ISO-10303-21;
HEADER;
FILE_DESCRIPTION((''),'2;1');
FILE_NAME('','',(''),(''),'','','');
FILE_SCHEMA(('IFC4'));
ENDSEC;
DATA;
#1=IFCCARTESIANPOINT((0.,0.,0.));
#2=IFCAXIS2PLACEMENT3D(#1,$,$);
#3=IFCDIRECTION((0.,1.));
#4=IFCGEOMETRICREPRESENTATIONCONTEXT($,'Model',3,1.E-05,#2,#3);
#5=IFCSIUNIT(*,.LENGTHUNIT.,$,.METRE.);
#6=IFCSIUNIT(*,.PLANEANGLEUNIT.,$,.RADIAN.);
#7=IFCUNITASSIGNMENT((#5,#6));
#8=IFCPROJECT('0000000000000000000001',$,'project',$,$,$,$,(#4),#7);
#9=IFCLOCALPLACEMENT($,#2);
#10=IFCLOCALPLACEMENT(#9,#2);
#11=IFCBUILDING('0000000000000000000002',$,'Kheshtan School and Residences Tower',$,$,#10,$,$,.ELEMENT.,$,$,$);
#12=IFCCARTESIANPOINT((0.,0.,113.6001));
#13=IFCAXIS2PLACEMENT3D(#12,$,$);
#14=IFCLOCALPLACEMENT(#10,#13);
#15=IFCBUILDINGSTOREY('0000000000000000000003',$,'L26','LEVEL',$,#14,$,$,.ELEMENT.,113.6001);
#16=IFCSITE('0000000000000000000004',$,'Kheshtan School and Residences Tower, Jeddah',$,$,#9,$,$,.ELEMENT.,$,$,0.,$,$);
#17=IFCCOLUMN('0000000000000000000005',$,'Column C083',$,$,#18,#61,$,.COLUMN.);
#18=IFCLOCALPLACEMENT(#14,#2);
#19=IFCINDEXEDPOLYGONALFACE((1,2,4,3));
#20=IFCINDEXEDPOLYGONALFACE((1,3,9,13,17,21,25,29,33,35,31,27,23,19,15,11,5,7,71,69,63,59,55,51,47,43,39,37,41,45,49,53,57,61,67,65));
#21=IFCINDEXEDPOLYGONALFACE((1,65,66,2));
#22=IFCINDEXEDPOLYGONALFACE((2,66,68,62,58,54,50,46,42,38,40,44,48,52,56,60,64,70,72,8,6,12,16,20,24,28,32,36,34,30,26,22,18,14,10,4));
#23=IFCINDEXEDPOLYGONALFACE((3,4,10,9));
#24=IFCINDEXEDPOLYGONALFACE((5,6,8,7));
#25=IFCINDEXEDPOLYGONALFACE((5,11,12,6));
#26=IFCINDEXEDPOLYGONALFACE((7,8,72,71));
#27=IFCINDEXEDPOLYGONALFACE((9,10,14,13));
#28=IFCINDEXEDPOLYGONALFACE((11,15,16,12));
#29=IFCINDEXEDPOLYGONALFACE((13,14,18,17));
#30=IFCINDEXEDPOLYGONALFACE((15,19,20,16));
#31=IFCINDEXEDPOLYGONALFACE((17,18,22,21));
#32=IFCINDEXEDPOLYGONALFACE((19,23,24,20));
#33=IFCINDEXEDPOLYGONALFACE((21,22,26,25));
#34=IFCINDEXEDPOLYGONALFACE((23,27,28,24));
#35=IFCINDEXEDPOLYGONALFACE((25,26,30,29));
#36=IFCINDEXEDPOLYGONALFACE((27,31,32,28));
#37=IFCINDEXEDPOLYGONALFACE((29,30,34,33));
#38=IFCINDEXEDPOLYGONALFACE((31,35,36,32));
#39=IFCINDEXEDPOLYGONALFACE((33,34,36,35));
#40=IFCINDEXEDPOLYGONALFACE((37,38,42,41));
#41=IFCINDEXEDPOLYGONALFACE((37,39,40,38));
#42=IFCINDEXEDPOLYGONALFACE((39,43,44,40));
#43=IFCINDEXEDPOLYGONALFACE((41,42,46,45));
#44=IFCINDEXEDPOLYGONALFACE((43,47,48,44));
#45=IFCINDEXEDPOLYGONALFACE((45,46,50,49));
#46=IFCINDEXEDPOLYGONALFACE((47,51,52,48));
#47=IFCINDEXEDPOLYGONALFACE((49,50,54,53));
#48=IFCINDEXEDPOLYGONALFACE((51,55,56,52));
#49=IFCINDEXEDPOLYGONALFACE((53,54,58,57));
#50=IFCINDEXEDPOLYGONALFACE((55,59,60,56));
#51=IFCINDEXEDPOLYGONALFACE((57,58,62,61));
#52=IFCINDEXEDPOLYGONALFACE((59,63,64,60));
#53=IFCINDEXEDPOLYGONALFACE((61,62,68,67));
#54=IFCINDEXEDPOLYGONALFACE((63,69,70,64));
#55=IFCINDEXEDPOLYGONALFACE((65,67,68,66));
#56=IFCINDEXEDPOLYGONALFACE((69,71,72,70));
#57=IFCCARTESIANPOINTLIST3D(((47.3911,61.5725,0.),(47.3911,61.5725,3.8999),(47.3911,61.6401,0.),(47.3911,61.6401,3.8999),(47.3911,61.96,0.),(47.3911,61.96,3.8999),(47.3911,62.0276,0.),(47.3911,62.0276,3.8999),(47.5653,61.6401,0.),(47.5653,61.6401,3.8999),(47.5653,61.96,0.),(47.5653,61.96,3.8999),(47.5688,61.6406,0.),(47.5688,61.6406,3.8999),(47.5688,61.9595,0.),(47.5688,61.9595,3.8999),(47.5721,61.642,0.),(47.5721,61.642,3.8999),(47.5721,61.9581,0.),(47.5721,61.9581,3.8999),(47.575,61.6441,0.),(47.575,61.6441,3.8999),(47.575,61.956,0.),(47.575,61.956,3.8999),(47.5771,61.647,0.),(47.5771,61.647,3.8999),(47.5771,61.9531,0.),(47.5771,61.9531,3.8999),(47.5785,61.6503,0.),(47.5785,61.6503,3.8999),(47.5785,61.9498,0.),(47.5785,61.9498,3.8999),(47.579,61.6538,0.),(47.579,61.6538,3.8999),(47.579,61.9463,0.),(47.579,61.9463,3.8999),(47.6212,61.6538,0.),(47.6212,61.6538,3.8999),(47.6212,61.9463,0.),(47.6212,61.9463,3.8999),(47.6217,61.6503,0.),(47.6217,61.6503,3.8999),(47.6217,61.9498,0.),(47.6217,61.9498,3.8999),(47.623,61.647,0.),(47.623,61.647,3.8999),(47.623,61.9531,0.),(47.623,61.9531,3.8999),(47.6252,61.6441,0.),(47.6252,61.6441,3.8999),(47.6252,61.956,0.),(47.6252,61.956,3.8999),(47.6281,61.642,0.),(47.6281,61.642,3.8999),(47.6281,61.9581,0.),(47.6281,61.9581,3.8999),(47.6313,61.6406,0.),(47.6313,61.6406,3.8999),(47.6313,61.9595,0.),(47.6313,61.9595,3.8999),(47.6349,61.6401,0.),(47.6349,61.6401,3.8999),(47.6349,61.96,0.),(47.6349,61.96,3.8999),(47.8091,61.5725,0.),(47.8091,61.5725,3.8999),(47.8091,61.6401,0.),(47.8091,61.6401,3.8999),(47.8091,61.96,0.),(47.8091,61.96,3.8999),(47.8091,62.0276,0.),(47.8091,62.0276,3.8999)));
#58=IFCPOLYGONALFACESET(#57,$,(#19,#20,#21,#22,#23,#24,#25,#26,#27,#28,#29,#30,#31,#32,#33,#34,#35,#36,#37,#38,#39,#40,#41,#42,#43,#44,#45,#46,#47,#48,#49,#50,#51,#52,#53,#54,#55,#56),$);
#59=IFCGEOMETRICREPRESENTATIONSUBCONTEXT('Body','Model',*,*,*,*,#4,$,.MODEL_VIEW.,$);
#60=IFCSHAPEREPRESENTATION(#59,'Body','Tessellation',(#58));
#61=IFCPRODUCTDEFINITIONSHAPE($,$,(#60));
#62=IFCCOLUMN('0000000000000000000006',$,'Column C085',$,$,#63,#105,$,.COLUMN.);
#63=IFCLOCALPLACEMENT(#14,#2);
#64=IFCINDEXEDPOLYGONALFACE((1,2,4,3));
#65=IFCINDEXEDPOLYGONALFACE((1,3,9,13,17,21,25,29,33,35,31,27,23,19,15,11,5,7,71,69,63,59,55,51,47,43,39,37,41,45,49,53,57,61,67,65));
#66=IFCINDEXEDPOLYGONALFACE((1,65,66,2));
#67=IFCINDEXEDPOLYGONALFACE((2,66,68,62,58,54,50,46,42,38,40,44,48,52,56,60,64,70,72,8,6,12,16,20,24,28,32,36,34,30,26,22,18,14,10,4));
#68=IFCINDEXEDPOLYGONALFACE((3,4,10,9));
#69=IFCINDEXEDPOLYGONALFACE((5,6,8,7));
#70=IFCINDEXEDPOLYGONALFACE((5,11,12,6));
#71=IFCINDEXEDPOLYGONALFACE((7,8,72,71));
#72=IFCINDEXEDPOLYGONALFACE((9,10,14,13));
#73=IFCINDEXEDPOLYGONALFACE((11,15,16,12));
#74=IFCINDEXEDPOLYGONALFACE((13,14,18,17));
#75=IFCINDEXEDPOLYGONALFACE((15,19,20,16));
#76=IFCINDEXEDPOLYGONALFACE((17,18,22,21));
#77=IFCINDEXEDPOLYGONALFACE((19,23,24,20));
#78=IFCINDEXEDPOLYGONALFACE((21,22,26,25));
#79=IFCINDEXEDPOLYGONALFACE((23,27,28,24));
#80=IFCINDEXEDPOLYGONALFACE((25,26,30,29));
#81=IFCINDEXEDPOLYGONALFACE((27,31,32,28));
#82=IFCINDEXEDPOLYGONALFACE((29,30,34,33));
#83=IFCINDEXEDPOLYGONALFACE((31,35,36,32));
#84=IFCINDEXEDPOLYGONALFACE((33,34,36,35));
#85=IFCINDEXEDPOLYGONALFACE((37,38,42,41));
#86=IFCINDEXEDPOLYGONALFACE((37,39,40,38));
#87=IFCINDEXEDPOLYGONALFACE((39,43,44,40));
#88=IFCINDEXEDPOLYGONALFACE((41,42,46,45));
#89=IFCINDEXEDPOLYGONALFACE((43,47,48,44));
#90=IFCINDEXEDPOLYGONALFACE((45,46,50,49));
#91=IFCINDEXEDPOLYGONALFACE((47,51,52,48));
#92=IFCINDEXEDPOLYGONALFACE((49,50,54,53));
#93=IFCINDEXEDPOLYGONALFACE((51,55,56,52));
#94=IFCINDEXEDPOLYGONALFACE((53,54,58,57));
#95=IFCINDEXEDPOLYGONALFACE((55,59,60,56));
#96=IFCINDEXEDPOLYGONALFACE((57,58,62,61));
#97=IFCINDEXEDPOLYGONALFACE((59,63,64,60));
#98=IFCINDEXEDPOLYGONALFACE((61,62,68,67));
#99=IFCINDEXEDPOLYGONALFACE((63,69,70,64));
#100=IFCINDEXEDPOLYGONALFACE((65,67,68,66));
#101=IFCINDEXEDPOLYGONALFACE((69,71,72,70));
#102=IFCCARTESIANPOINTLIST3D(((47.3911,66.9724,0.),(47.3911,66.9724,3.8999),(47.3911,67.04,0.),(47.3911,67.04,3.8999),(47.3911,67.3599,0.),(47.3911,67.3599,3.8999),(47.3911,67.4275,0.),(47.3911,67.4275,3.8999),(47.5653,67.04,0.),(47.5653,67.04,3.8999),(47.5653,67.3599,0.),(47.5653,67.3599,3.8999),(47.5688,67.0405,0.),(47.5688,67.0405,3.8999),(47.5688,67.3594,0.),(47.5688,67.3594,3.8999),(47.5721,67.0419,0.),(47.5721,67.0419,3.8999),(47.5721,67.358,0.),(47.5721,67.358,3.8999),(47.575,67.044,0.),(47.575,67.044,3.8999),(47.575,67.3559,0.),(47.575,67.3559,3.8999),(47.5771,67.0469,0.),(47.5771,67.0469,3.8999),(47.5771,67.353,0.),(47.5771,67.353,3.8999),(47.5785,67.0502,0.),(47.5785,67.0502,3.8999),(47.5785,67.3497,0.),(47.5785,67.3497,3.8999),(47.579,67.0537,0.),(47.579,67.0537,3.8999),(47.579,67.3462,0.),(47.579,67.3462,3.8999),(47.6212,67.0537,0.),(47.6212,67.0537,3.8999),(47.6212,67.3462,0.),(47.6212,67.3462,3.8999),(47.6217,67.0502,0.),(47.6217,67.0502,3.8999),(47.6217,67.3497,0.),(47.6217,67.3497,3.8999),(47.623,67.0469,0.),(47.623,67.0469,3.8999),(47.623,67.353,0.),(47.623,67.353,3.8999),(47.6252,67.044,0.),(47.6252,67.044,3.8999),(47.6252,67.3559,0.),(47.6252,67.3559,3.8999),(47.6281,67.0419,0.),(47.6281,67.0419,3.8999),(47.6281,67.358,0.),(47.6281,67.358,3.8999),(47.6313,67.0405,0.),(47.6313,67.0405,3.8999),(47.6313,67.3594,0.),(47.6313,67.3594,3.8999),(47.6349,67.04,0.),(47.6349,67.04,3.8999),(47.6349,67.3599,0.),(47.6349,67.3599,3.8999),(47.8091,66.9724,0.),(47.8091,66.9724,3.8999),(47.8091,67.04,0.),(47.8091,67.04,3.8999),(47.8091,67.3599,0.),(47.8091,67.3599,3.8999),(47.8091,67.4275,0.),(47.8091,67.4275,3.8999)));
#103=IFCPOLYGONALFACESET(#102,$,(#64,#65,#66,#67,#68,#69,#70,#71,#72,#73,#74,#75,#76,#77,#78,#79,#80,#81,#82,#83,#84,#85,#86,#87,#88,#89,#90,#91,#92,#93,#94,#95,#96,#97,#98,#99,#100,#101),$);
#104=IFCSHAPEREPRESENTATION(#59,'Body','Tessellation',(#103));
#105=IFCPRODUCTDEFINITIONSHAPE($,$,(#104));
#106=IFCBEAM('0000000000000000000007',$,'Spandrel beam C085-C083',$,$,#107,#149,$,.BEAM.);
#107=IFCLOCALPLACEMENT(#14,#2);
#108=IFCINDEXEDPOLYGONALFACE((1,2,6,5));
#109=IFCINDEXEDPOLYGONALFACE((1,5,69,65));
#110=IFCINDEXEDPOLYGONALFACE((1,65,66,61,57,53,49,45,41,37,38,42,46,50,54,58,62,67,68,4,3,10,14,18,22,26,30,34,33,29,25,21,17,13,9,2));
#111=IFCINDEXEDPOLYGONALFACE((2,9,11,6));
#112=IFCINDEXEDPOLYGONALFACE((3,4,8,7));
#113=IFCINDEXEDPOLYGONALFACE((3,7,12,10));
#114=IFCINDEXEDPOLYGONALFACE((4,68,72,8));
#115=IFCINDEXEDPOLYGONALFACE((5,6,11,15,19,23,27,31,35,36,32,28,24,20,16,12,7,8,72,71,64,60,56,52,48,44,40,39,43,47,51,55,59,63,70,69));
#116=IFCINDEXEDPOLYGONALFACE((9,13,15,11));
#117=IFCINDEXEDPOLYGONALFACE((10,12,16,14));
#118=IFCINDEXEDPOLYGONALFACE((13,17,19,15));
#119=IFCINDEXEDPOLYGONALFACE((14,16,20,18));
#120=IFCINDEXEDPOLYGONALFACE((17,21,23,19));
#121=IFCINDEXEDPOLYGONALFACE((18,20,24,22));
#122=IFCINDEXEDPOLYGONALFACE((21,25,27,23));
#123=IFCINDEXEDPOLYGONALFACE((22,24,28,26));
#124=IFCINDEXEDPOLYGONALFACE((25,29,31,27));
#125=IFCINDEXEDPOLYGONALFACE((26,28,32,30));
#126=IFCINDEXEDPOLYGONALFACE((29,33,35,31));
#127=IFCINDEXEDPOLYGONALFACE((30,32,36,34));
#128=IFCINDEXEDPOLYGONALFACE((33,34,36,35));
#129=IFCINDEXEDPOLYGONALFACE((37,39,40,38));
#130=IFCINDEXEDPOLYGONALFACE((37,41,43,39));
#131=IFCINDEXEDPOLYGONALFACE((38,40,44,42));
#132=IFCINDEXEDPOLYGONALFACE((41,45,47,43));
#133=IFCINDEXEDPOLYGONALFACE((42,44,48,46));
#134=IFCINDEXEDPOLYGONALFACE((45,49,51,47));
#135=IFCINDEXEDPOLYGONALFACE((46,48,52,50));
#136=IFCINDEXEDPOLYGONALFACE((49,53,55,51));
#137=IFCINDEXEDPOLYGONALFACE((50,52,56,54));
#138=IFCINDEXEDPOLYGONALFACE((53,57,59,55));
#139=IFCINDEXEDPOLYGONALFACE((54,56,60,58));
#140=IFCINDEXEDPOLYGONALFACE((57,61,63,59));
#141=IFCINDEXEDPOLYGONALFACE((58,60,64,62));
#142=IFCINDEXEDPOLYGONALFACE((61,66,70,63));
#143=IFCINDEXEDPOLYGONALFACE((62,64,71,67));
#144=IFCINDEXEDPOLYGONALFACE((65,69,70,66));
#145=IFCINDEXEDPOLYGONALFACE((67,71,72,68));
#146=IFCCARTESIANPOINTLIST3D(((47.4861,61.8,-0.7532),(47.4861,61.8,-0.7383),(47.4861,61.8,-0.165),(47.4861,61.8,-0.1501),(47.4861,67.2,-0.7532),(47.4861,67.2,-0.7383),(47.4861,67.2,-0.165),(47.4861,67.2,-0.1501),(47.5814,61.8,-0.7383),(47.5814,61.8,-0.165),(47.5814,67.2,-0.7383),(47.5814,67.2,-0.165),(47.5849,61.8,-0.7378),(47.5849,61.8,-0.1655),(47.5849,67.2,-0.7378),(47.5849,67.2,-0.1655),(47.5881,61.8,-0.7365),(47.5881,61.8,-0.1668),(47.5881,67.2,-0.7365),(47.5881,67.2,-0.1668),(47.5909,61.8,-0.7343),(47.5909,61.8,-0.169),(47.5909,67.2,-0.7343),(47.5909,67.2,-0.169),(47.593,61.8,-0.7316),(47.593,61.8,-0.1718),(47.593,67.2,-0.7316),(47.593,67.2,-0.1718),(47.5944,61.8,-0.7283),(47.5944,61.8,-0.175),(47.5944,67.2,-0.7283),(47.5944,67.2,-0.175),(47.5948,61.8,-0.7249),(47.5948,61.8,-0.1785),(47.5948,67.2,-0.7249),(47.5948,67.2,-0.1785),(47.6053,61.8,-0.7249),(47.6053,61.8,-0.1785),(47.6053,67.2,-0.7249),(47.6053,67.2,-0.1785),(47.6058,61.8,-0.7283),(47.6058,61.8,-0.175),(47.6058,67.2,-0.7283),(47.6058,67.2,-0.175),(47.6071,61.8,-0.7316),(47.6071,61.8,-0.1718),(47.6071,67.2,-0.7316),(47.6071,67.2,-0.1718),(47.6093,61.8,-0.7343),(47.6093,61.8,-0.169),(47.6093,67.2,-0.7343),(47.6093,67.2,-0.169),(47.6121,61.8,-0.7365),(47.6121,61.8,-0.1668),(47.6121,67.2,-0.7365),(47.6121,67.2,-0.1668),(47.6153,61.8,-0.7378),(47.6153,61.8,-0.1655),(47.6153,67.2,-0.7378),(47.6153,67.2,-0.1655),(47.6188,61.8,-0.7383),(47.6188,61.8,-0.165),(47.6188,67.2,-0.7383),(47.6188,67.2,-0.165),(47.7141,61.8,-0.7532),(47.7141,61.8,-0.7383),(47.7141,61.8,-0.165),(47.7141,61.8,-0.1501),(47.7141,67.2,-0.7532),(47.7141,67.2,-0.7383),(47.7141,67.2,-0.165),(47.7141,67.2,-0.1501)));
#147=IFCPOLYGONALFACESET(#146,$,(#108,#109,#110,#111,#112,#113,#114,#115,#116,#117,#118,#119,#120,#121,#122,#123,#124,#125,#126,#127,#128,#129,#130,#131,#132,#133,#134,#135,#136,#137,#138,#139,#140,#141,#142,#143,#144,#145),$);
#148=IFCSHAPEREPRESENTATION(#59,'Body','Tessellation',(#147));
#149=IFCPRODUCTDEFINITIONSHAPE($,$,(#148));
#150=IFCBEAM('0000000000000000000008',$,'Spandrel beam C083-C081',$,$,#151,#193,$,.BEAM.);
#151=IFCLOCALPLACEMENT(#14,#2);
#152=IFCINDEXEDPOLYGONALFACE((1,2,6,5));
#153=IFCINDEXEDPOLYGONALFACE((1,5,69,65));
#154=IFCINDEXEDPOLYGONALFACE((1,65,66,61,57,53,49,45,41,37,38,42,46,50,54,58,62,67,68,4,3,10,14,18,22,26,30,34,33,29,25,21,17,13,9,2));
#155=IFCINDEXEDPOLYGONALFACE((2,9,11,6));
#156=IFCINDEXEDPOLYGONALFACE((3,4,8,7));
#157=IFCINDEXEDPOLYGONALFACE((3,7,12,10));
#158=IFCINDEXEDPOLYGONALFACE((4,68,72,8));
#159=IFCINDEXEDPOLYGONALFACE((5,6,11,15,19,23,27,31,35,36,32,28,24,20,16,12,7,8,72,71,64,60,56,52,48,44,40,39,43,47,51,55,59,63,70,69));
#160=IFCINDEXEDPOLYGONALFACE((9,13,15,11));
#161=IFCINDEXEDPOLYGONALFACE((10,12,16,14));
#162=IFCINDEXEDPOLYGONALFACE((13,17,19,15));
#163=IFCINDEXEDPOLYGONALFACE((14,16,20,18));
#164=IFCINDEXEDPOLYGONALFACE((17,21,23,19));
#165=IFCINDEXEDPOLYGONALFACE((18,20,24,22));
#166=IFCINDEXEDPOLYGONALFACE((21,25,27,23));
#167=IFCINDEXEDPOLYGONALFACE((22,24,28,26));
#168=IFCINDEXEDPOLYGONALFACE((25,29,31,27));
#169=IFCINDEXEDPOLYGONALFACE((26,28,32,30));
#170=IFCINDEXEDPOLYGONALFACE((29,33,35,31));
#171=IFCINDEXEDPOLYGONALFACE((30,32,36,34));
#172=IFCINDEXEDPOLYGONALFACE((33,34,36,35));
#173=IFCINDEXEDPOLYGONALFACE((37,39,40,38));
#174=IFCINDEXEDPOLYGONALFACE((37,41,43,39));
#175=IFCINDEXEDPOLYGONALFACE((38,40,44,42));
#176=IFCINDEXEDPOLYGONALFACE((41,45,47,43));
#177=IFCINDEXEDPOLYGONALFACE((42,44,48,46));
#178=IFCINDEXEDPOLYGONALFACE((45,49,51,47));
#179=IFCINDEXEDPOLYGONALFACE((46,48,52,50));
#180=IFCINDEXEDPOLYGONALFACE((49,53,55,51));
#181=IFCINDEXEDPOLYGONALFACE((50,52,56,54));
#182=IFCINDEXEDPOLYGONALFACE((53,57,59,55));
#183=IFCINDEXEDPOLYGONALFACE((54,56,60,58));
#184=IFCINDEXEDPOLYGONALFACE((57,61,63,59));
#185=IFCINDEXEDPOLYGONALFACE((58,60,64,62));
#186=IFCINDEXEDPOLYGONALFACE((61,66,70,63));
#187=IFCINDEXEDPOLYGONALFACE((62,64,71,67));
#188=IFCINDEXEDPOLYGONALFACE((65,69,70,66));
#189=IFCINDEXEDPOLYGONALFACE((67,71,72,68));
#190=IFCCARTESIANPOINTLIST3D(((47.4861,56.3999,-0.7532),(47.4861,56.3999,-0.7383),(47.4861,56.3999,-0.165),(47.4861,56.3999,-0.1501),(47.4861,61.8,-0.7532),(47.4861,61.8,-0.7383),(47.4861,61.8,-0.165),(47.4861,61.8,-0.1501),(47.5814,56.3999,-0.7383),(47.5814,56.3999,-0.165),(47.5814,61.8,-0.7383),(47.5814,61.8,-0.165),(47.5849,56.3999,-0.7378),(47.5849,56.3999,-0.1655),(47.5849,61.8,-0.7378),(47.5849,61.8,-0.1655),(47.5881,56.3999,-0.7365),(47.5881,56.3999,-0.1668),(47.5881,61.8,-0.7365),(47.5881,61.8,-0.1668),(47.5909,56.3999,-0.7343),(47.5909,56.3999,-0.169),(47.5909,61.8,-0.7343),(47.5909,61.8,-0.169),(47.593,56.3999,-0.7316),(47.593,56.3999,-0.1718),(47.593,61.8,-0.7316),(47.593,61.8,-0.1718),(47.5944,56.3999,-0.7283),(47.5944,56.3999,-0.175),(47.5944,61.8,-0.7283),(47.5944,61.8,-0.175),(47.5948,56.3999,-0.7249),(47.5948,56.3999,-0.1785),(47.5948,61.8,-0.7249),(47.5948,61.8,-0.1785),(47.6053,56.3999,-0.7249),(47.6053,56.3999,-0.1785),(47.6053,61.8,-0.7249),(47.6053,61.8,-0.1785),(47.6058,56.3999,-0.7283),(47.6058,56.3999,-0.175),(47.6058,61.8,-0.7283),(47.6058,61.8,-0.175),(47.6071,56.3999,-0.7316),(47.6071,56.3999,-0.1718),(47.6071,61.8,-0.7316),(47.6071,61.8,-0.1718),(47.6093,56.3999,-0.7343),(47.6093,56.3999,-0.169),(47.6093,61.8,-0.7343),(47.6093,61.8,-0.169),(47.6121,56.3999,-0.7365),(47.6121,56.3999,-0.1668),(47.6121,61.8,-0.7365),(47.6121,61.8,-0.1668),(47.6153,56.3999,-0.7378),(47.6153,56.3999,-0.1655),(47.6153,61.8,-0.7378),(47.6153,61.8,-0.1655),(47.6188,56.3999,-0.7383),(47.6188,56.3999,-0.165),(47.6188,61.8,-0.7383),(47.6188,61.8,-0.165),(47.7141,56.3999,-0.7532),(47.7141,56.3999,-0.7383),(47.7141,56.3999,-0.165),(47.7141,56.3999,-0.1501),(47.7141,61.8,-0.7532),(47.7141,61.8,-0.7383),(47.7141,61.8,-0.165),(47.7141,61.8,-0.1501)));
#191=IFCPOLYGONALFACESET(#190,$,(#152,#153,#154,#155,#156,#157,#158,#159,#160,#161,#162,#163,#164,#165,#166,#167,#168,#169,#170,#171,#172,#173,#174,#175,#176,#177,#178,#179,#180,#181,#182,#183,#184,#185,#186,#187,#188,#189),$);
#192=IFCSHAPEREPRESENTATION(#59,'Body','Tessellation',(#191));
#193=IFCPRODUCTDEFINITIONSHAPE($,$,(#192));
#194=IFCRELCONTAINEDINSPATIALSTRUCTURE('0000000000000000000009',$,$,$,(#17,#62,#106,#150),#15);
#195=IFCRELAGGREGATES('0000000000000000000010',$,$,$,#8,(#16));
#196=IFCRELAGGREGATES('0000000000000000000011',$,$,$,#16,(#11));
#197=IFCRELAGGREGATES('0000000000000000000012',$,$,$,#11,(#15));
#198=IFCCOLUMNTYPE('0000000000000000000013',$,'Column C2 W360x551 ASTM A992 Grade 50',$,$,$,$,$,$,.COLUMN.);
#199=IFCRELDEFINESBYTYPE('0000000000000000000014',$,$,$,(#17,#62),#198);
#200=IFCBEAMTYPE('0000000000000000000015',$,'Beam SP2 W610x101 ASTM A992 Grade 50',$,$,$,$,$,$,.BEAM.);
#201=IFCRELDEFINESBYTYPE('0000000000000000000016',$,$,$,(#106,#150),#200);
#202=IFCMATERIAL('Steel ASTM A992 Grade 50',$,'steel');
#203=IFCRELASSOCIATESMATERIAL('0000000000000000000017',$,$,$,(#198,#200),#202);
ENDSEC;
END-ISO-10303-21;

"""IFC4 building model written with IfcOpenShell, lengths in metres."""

from ifc_helpers import new_model, si_unit, direction, frame, origin, origin_2d, place, context, subcontext, project, spatial, i_section, extrude, material, material_profile, profile_set, type_object, element, save


model = new_model("IFC4")

# Units and contexts
model_context = context("Model", 3, precision=1e-05, world=origin(), true_north=direction((0.0, 1.0)))
body_context = subcontext(model_context, "Body", "Model", "MODEL_VIEW")
ifc_project = project(units=[si_unit("LENGTHUNIT", "METRE"), si_unit("PLANEANGLEUNIT", "RADIAN")], contexts=[model_context])

# Site, building, storey
site_placement = place(None, origin())
site = spatial("IfcSite", under=ifc_project, at=site_placement, Name="Kheshtan School and Residences Tower, Jeddah", CompositionType="ELEMENT", RefElevation=0.0)
building_placement = place(site_placement, origin())
building = spatial("IfcBuilding", under=site, at=building_placement, Name="Kheshtan School and Residences Tower", CompositionType="ELEMENT")
storey_placement = place(building_placement, frame((0.0, 0.0, 113.6001)))
storey = spatial("IfcBuildingStorey", under=building, at=storey_placement, Name="L26", Description="LEVEL", CompositionType="ELEMENT", Elevation=113.6001)

# Columns
ifc_material_1 = material(Name="Steel ASTM A992 Grade 50", Category="steel")
ifc_material_profile_1 = material_profile(ifc_material_1, i_section(OverallWidth=0.418, OverallDepth=0.4551, WebThickness=0.0422, FlangeThickness=0.0676, FilletRadius=0.0137, at=origin_2d()), Name="W360x551")
ifc_profile_set_1 = profile_set([ifc_material_profile_1], Name="Steel ASTM A992 Grade 50")
column_type = type_object("IfcColumnType", Name="Column C2 W360x551 ASTM A992 Grade 50", PredefinedType="COLUMN", material=ifc_profile_set_1)
for number, where, z_axis, x_axis, name in (
    (1, (47.6001, 61.8, 0.0), (0.0, 0.0, 1.0), (1.0, 0.0, 0.0), "Column C083"),
    (2, (47.6001, 67.2, 0.0), (0.0, 0.0, 1.0), (1.0, 0.0, 0.0), "Column C085"),
):
    element("IfcColumn", number, at=place(storey_placement, frame(where, z_axis=z_axis, x_axis=x_axis)), inside=storey, type_object=column_type, Name=name, PredefinedType="COLUMN", context=body_context, shape_type="SweptSolid", body=[
        extrude(i_section(OverallWidth=0.418, OverallDepth=0.4551, WebThickness=0.0422, FlangeThickness=0.0676, FilletRadius=0.0137, at=origin_2d()), origin(), (0.0, 0.0, 1.0), 3.8999),
    ])

# Beams
ifc_material_profile_2 = material_profile(ifc_material_1, i_section(OverallWidth=0.228, OverallDepth=0.603, WebThickness=0.0105, FlangeThickness=0.0149, FilletRadius=0.0134, at=origin_2d()), Name="W610x101")
ifc_profile_set_2 = profile_set([ifc_material_profile_2], Name="Steel ASTM A992 Grade 50")
beam_type = type_object("IfcBeamType", Name="Beam SP2 W610x101 ASTM A992 Grade 50", PredefinedType="BEAM", material=ifc_profile_set_2)
beam_1_placement = place(storey_placement, frame((47.6001, 67.2, -0.4517), z_axis=(0.0, -1.0, 0.0), x_axis=(1.0, 0.0, 0.0)))
element("IfcBeam", 3, at=beam_1_placement, inside=storey, type_object=beam_type, Name="Spandrel beam C085-C083", PredefinedType="BEAM", context=body_context, shape_type="SweptSolid", body=[
    extrude(i_section(OverallWidth=0.228, OverallDepth=0.603, WebThickness=0.0105, FlangeThickness=0.0149, FilletRadius=0.0134, at=origin_2d()), origin(), (0.0, 0.0, 1.0), 5.3999),
])
beam_2_placement = place(storey_placement, frame((47.6001, 61.8, -0.4517), z_axis=(0.0, -1.0, 0.0), x_axis=(1.0, 0.0, 0.0)))
element("IfcBeam", 4, at=beam_2_placement, inside=storey, type_object=beam_type, Name="Spandrel beam C083-C081", PredefinedType="BEAM", context=body_context, shape_type="SweptSolid", body=[
    extrude(i_section(OverallWidth=0.228, OverallDepth=0.603, WebThickness=0.0105, FlangeThickness=0.0149, FilletRadius=0.0134, at=origin_2d()), origin(), (0.0, 0.0, 1.0), 5.4001),
])

save(model, "model.ifc")
